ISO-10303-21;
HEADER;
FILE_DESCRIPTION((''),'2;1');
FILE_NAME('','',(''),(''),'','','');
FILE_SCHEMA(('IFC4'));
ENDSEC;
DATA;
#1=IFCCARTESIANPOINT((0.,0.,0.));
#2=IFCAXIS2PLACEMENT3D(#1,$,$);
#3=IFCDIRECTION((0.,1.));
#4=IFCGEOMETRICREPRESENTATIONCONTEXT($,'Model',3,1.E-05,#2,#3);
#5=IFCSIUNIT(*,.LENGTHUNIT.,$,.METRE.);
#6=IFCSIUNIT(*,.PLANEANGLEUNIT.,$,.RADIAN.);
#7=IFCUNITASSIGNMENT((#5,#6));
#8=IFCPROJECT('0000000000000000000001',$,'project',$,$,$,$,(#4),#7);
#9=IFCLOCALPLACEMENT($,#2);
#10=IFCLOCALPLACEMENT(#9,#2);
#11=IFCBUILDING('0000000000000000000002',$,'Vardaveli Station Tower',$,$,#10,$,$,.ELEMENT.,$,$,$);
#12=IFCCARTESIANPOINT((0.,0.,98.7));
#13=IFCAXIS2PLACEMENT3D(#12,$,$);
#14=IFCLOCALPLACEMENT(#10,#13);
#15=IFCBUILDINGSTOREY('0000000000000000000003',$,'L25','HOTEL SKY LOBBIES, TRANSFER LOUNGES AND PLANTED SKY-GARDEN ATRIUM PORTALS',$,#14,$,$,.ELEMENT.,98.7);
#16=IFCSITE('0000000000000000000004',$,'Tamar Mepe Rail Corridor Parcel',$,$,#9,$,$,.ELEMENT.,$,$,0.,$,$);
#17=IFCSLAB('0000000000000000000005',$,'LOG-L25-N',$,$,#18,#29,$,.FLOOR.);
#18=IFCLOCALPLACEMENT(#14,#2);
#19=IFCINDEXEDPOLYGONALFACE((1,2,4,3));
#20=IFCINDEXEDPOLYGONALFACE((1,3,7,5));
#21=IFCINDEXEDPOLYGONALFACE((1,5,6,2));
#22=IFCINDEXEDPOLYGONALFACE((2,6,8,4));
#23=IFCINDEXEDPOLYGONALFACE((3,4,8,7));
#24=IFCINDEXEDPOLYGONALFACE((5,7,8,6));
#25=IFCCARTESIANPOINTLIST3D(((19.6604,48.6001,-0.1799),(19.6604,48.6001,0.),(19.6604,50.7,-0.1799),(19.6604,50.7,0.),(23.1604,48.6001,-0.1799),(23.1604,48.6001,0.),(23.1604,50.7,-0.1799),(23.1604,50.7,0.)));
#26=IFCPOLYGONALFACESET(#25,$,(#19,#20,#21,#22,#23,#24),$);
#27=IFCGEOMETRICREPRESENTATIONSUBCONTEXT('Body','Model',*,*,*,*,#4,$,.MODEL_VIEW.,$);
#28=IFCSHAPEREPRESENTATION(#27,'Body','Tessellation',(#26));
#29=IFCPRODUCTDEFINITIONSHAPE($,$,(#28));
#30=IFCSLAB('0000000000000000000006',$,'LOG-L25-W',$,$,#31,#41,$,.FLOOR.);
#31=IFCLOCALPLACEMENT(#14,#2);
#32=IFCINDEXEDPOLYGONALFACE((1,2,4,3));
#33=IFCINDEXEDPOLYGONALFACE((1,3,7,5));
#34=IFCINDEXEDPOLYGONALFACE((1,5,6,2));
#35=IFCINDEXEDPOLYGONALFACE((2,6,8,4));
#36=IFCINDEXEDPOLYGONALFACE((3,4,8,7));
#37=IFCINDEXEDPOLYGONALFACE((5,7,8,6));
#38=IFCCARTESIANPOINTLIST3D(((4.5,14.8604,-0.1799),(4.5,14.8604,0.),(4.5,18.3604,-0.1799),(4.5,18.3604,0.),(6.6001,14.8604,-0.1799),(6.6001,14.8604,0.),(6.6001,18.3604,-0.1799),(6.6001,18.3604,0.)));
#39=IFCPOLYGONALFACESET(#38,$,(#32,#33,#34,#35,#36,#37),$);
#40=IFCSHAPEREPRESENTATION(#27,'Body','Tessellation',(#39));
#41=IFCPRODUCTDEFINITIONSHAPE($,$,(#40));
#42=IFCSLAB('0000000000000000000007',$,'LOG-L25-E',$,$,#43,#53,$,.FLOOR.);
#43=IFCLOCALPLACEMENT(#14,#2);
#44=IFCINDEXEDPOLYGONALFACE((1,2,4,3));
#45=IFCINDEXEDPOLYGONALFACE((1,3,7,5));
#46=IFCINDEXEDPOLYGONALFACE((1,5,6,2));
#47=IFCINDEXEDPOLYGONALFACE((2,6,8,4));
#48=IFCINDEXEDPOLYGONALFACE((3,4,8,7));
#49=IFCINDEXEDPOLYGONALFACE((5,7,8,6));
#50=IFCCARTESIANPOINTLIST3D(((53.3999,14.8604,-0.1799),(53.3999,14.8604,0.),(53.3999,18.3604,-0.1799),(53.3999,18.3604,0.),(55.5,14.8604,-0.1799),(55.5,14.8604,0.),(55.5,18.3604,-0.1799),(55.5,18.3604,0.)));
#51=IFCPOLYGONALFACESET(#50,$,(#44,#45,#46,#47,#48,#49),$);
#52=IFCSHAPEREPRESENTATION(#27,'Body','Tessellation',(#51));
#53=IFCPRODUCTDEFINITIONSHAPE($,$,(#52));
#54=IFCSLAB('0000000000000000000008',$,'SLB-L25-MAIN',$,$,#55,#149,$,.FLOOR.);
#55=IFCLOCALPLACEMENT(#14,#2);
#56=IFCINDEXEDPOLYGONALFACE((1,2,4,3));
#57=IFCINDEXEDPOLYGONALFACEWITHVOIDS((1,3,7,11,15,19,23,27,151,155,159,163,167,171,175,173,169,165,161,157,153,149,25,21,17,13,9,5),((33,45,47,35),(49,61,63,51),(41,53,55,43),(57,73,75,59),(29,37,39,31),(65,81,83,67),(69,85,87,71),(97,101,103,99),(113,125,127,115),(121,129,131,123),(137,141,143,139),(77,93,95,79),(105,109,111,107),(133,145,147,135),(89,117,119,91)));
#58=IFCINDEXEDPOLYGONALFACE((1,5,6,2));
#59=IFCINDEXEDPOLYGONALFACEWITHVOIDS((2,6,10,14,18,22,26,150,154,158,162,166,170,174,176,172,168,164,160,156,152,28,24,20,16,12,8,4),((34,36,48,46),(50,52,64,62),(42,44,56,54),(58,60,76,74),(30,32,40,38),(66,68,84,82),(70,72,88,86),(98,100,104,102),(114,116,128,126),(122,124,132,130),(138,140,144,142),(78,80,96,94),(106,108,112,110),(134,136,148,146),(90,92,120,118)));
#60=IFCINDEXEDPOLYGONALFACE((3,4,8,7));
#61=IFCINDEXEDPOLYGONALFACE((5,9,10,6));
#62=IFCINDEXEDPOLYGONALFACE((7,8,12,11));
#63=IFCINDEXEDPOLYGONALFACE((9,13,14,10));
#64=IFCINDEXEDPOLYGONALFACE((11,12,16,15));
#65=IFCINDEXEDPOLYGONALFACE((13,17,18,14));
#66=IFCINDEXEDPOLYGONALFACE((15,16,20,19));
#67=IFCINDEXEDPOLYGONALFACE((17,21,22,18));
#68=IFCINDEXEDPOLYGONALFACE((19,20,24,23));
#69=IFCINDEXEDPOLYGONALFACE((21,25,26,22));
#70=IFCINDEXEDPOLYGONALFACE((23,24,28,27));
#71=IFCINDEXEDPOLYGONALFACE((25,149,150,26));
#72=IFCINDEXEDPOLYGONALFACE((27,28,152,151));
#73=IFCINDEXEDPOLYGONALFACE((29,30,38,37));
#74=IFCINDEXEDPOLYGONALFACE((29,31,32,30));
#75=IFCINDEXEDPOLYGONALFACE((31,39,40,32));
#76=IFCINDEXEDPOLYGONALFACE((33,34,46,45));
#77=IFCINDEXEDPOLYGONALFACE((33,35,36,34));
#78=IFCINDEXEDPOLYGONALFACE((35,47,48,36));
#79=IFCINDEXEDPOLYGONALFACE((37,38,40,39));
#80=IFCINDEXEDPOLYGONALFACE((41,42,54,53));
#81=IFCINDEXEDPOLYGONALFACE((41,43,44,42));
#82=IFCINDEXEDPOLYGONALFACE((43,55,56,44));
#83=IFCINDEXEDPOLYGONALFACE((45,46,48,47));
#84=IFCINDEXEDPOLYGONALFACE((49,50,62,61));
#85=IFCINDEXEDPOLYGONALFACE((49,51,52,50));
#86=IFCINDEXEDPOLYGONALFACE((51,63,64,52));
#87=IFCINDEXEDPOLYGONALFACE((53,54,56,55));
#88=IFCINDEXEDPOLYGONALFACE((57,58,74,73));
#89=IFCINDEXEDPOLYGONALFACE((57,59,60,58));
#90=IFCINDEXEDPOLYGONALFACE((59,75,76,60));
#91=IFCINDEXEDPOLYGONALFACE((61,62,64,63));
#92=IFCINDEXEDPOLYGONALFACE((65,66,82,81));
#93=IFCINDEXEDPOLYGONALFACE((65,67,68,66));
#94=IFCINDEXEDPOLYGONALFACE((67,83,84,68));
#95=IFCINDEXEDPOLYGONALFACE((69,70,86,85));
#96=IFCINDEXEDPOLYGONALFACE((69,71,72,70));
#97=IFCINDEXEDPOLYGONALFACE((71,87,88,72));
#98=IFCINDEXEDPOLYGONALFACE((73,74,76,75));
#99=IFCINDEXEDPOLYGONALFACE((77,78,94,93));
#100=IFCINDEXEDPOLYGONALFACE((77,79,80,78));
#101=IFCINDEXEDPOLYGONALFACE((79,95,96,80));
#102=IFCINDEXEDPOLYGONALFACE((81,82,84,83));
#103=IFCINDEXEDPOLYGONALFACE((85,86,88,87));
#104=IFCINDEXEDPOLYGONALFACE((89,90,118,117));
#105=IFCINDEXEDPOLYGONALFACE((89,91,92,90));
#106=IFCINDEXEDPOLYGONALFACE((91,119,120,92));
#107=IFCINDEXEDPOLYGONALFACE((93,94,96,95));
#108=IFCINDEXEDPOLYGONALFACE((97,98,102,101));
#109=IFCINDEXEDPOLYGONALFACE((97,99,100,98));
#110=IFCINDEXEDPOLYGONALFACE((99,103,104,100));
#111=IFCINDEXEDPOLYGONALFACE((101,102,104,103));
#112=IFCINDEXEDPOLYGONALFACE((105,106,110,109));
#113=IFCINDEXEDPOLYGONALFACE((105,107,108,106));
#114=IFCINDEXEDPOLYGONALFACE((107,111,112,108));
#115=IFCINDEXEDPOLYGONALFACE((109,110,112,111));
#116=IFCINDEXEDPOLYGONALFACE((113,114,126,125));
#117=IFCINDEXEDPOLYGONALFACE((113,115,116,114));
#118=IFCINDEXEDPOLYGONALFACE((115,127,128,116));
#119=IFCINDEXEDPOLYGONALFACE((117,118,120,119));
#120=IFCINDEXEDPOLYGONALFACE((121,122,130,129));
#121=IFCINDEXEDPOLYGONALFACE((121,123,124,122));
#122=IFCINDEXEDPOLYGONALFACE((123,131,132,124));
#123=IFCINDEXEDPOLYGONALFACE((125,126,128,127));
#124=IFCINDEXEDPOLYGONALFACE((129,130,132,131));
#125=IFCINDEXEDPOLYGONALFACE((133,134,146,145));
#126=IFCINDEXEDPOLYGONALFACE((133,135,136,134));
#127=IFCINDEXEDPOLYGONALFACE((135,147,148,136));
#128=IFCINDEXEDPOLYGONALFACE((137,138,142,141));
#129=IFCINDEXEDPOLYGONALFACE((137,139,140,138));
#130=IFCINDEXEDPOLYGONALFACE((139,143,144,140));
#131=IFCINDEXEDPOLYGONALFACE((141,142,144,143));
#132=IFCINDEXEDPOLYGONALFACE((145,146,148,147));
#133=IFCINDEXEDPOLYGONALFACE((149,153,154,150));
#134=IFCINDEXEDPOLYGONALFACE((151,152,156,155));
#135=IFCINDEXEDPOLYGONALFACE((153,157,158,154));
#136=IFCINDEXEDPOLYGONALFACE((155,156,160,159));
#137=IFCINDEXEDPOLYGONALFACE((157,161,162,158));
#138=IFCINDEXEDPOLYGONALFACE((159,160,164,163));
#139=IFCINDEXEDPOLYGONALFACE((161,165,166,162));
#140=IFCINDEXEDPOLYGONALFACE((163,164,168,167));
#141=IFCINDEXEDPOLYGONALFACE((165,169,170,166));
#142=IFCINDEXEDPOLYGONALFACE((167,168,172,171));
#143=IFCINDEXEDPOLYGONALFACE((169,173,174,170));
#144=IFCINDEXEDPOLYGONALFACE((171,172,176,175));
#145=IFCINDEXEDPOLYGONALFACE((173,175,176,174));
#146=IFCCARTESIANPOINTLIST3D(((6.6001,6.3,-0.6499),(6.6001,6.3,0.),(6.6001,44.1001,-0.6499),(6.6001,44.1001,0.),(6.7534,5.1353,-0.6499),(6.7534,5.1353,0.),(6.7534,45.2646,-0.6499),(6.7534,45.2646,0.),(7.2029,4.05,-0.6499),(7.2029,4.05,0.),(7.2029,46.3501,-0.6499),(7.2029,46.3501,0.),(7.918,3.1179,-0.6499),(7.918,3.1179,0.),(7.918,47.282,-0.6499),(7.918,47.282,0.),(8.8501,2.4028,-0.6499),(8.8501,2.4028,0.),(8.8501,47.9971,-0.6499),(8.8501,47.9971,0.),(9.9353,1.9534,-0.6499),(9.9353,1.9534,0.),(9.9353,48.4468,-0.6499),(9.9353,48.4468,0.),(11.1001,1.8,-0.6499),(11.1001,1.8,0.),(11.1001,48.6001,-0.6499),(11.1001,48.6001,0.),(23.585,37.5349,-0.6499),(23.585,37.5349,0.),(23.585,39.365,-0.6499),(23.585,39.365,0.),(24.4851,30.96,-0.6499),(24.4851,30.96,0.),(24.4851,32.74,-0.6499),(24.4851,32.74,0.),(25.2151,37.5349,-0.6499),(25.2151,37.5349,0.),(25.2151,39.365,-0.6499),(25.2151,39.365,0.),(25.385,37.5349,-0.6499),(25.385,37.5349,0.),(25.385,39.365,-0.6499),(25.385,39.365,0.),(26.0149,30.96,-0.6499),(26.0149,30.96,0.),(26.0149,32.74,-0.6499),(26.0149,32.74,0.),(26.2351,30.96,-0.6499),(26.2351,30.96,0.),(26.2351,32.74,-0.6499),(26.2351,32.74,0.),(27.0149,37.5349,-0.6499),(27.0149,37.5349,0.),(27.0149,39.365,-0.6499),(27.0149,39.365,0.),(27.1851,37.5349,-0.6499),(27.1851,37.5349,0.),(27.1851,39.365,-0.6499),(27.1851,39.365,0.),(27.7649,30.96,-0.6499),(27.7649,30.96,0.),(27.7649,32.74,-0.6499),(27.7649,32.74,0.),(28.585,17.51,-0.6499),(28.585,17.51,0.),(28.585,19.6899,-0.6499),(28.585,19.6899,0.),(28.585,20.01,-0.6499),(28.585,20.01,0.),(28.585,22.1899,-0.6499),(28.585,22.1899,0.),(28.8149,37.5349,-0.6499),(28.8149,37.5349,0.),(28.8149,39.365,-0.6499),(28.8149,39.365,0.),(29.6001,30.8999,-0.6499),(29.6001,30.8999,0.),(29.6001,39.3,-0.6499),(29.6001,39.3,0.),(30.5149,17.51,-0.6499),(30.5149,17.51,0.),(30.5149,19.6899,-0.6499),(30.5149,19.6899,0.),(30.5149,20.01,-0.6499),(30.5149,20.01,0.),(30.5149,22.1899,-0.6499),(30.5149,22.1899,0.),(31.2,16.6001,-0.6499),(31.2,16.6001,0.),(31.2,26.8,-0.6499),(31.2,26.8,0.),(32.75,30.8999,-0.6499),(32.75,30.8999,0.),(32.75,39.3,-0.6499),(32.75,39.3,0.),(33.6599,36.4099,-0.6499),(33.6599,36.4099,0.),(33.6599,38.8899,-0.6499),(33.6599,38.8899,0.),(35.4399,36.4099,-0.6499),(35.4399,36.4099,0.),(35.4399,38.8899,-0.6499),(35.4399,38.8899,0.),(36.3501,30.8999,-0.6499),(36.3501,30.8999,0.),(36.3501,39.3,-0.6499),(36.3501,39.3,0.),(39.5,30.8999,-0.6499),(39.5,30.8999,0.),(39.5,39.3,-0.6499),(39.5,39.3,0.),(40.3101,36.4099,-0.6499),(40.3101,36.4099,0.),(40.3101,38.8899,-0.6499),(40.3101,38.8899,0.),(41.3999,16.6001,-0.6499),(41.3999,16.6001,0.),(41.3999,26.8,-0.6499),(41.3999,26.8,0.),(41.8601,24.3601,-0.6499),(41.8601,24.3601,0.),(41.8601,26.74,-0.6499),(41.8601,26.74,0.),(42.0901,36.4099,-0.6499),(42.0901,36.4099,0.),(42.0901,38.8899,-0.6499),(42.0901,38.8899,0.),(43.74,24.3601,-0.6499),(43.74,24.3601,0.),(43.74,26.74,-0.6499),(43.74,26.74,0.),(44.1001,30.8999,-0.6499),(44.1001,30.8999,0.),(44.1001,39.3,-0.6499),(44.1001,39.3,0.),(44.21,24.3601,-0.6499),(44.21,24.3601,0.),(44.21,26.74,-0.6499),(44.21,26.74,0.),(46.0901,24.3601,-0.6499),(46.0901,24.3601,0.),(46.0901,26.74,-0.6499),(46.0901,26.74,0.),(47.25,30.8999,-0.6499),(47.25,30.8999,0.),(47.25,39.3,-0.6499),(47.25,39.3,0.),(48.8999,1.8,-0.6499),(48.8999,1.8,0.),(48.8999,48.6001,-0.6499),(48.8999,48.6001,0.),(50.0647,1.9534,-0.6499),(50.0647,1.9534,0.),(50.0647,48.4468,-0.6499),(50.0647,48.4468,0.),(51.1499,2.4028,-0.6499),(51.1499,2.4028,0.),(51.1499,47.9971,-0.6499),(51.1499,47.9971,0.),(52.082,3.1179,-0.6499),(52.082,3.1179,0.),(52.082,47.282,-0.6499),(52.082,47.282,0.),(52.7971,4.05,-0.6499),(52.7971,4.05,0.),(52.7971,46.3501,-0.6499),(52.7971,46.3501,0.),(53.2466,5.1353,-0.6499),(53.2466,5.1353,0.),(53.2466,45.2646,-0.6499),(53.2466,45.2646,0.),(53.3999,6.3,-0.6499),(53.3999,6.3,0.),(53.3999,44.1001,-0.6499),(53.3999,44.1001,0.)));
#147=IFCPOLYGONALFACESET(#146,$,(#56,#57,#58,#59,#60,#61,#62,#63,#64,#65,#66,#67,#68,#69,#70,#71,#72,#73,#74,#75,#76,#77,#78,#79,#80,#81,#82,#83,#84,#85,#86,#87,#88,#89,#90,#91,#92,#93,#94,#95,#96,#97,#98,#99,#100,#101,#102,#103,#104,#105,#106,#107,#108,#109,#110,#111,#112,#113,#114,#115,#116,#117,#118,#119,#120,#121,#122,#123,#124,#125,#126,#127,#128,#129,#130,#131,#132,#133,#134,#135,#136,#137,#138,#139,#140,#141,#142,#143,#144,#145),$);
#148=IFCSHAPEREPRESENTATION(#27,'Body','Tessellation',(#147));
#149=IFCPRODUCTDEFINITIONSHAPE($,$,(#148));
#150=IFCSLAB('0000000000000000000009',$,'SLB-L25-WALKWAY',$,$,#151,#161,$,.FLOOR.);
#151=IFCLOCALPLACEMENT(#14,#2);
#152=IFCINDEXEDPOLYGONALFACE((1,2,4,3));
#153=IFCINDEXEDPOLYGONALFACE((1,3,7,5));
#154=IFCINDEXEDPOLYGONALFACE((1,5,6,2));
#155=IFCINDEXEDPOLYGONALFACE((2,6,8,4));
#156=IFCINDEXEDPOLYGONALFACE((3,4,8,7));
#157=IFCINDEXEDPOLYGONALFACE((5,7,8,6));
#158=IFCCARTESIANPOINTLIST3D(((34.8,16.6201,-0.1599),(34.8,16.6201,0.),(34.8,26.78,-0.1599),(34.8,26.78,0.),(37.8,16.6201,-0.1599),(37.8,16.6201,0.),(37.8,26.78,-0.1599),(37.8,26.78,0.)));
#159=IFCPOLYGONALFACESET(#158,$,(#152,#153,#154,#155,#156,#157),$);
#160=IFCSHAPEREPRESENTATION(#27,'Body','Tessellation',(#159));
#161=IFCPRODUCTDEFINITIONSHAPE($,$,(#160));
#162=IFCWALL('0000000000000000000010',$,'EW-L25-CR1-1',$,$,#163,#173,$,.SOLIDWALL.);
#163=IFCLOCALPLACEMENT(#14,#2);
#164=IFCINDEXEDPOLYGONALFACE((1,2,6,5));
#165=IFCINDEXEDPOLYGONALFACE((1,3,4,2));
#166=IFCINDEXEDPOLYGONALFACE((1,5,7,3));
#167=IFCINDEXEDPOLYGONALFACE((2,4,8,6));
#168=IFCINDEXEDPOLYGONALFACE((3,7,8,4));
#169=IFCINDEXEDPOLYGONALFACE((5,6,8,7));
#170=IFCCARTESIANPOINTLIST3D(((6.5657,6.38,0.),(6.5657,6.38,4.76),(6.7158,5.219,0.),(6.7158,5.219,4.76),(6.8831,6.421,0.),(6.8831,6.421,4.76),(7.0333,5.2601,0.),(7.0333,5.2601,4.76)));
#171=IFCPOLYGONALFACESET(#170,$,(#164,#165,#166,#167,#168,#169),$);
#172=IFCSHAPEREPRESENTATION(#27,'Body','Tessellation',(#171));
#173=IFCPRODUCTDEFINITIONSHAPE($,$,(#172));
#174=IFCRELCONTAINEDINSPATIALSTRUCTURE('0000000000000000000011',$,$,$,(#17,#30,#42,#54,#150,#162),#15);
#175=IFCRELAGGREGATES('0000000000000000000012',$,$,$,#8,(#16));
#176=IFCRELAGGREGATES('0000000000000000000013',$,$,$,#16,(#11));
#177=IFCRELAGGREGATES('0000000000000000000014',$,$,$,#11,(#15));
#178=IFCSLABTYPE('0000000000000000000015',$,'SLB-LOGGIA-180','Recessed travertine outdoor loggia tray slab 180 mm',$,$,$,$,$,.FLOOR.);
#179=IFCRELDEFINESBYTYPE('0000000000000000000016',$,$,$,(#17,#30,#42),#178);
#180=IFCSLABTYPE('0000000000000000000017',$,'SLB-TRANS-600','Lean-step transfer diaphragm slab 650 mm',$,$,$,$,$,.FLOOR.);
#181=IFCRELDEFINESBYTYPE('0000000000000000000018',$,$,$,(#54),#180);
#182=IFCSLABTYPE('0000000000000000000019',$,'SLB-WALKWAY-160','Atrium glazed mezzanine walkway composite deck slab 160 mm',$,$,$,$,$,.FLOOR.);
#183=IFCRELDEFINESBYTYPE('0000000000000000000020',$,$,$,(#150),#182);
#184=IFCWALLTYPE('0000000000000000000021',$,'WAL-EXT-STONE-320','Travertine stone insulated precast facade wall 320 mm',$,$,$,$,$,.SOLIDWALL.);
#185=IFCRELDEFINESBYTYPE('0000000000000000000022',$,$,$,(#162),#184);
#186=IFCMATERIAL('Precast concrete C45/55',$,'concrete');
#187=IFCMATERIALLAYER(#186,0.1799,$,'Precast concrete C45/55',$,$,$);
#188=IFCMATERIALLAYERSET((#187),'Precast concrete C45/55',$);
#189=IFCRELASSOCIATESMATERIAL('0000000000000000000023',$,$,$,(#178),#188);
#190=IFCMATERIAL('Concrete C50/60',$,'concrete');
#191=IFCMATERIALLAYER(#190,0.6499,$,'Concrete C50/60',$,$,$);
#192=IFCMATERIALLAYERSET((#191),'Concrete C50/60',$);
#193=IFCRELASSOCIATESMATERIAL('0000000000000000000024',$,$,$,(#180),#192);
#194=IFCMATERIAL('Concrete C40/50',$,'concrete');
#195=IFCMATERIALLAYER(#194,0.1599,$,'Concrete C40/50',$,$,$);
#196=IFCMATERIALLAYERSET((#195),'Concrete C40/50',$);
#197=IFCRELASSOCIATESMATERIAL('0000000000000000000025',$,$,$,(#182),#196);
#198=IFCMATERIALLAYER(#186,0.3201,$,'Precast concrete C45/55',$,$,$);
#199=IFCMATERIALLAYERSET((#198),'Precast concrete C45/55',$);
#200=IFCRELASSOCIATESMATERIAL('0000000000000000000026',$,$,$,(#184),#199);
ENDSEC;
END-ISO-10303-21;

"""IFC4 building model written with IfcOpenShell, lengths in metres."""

from ifc_helpers import new_model, si_unit, direction, frame, frame_2d, origin, place, context, subcontext, project, spatial, polyline, rectangle, outline, extrude, source, transform, mapped, material, layer, layer_set, type_object, element, save


model = new_model("IFC4")

# Units and contexts
model_context = context("Model", 3, precision=1e-05, world=origin(), true_north=direction((0.0, 1.0)))
body_context = subcontext(model_context, "Body", "Model", "MODEL_VIEW")
ifc_project = project(units=[si_unit("LENGTHUNIT", "METRE"), si_unit("PLANEANGLEUNIT", "RADIAN")], contexts=[model_context])

# Site, building, storey
site_placement = place(None, origin())
site = spatial("IfcSite", under=ifc_project, at=site_placement, Name="Tamar Mepe Rail Corridor Parcel", CompositionType="ELEMENT", RefElevation=0.0)
building_placement = place(site_placement, origin())
building = spatial("IfcBuilding", under=site, at=building_placement, Name="Vardaveli Station Tower", CompositionType="ELEMENT")
storey_placement = place(building_placement, frame((0.0, 0.0, 98.7)))
storey = spatial("IfcBuildingStorey", under=building, at=storey_placement, Name="L25", Description="HOTEL SKY LOBBIES, TRANSFER LOUNGES AND PLANTED SKY-GARDEN ATRIUM PORTALS", CompositionType="ELEMENT", Elevation=98.7)

# Shared definitions
ifc_material_1 = material(Name="Concrete C40/50", Category="concrete")

# Slabs
ifc_material_2 = material(Name="Precast concrete C45/55", Category="concrete")
ifc_layer_1 = layer(ifc_material_2, 0.1799, Name="Precast concrete C45/55")
ifc_layer_set_1 = layer_set([ifc_layer_1], Name="Precast concrete C45/55")
slab_type_1 = type_object("IfcSlabType", Name="SLB-LOGGIA-180", Description="Recessed travertine outdoor loggia tray slab 180 mm", PredefinedType="FLOOR", material=ifc_layer_set_1)
slab_1_placement = place(storey_placement, frame((0.0, 0.0, -0.1799)))
element("IfcSlab", 1, at=slab_1_placement, inside=storey, type_object=slab_type_1, Name="LOG-L25-N", PredefinedType="FLOOR", context=body_context, shape_type="SweptSolid", body=[
    extrude(outline(polyline([(19.6604, 48.6001), (23.1604, 48.6001), (23.1604, 50.7), (19.6604, 50.7), (19.6604, 48.6001)])), origin(), (0.0, 0.0, 1.0), 0.1799),
])
slab_2_placement = place(storey_placement, frame((0.0, 0.0, -0.1799)))
element("IfcSlab", 2, at=slab_2_placement, inside=storey, type_object=slab_type_1, Name="LOG-L25-W", PredefinedType="FLOOR", context=body_context, shape_type="SweptSolid", body=[
    extrude(outline(polyline([(4.5, 14.8604), (6.6001, 14.8604), (6.6001, 18.3604), (4.5, 18.3604), (4.5, 14.8604)])), origin(), (0.0, 0.0, 1.0), 0.1799),
])
slab_3_placement = place(storey_placement, frame((0.0, 0.0, -0.1799)))
element("IfcSlab", 3, at=slab_3_placement, inside=storey, type_object=slab_type_1, Name="LOG-L25-E", PredefinedType="FLOOR", context=body_context, shape_type="SweptSolid", body=[
    extrude(outline(polyline([(53.3999, 14.8604), (55.5, 14.8604), (55.5, 18.3604), (53.3999, 18.3604), (53.3999, 14.8604)])), origin(), (0.0, 0.0, 1.0), 0.1799),
])
ifc_material_3 = material(Name="Concrete C50/60", Category="concrete")
ifc_layer_2 = layer(ifc_material_3, 0.6499, Name="Concrete C50/60")
ifc_layer_set_2 = layer_set([ifc_layer_2], Name="Concrete C50/60")
slab_type_2 = type_object("IfcSlabType", Name="SLB-TRANS-600", Description="Lean-step transfer diaphragm slab 650 mm", PredefinedType="FLOOR", material=ifc_layer_set_2)
slab_4_placement = place(storey_placement, frame((0.0, 0.0, -0.6499)))
element("IfcSlab", 4, at=slab_4_placement, inside=storey, type_object=slab_type_2, Name="SLB-L25-MAIN", PredefinedType="FLOOR", context=body_context, shape_type="SweptSolid", body=[
    extrude(outline(polyline([(6.6001, 6.3), (6.7534, 5.1353), (7.2029, 4.05), (7.918, 3.1179), (8.8501, 2.4028), (9.9353, 1.9534), (11.1001, 1.8), (48.8999, 1.8), (50.0647, 1.9534), (51.1499, 2.4028), (52.082, 3.1179), (52.7971, 4.05), (53.2466, 5.1353), (53.3999, 6.3), (53.3999, 44.1001), (53.2466, 45.2646), (52.7971, 46.3501), (52.082, 47.282), (51.1499, 47.9971), (50.0647, 48.4468), (48.8999, 48.6001), (11.1001, 48.6001), (9.9353, 48.4468), (8.8501, 47.9971), (7.918, 47.282), (7.2029, 46.3501), (6.7534, 45.2646), (6.6001, 44.1001), (6.6001, 6.3)]), holes=[polyline([(31.2, 16.6001), (41.3999, 16.6001), (41.3999, 26.8), (31.2, 26.8), (31.2, 16.6001)]), polyline([(32.75, 30.8999), (32.75, 39.3), (29.6001, 39.3), (29.6001, 30.8999), (32.75, 30.8999)]), polyline([(39.5, 30.8999), (39.5, 39.3), (36.3501, 39.3), (36.3501, 30.8999), (39.5, 30.8999)]), polyline([(47.25, 30.8999), (47.25, 39.3), (44.1001, 39.3), (44.1001, 30.8999), (47.25, 30.8999)]), polyline([(23.585, 37.5349), (25.2151, 37.5349), (25.2151, 39.365), (23.585, 39.365), (23.585, 37.5349)]), polyline([(25.385, 37.5349), (27.0149, 37.5349), (27.0149, 39.365), (25.385, 39.365), (25.385, 37.5349)]), polyline([(27.1851, 37.5349), (28.8149, 37.5349), (28.8149, 39.365), (27.1851, 39.365), (27.1851, 37.5349)]), polyline([(33.6599, 36.4099), (35.4399, 36.4099), (35.4399, 38.8899), (33.6599, 38.8899), (33.6599, 36.4099)]), polyline([(40.3101, 36.4099), (42.0901, 36.4099), (42.0901, 38.8899), (40.3101, 38.8899), (40.3101, 36.4099)]), polyline([(24.4851, 30.96), (26.0149, 30.96), (26.0149, 32.74), (24.4851, 32.74), (24.4851, 30.96)]), polyline([(26.2351, 30.96), (27.7649, 30.96), (27.7649, 32.74), (26.2351, 32.74), (26.2351, 30.96)]), polyline([(28.585, 17.51), (30.5149, 17.51), (30.5149, 19.6899), (28.585, 19.6899), (28.585, 17.51)]), polyline([(28.585, 20.01), (30.5149, 20.01), (30.5149, 22.1899), (28.585, 22.1899), (28.585, 20.01)]), polyline([(41.8601, 24.3601), (43.74, 24.3601), (43.74, 26.74), (41.8601, 26.74), (41.8601, 24.3601)]), polyline([(44.21, 24.3601), (46.0901, 24.3601), (46.0901, 26.74), (44.21, 26.74), (44.21, 24.3601)])]), origin(), (0.0, 0.0, 1.0), 0.6499),
])
ifc_layer_3 = layer(ifc_material_1, 0.1599, Name="Concrete C40/50")
ifc_layer_set_3 = layer_set([ifc_layer_3], Name="Concrete C40/50")
slab_type_3 = type_object("IfcSlabType", Name="SLB-WALKWAY-160", Description="Atrium glazed mezzanine walkway composite deck slab 160 mm", PredefinedType="FLOOR", material=ifc_layer_set_3)
slab_5_placement = place(storey_placement, frame((0.0, 0.0, -0.1599)))
element("IfcSlab", 5, at=slab_5_placement, inside=storey, type_object=slab_type_3, Name="SLB-L25-WALKWAY", PredefinedType="FLOOR", context=body_context, shape_type="SweptSolid", body=[
    extrude(outline(polyline([(34.8, 16.6201), (37.8, 16.6201), (37.8, 26.78), (34.8, 26.78), (34.8, 16.6201)])), origin(), (0.0, 0.0, 1.0), 0.1599),
])

# Wall
ifc_layer_4 = layer(ifc_material_2, 0.3201, Name="Precast concrete C45/55")
ifc_layer_set_4 = layer_set([ifc_layer_4], Name="Precast concrete C45/55")
wall_type = type_object("IfcWallType", Name="WAL-EXT-STONE-320", Description="Travertine stone insulated precast facade wall 320 mm", PredefinedType="SOLIDWALL", material=ifc_layer_set_4)
shared_shape_1 = source(origin(), body_context, "Body", "SweptSolid", [
    extrude(rectangle(XDim=1.1707, YDim=0.3201, at=frame_2d((0.5854, 0.0))), origin(), (0.0, 0.0, 1.0), 4.76),
])
wall_1_placement = place(storey_placement, frame((6.7244, 6.4006, 0.0), z_axis=(0.0, 0.0, 1.0), x_axis=(0.128269, -0.991739, 0.0)))
element("IfcWall", 6, at=wall_1_placement, inside=storey, type_object=wall_type, Name="EW-L25-CR1-1", PredefinedType="SOLIDWALL", context=body_context, shape_type="MappedRepresentation", body=[
    mapped(shared_shape_1, transform((0.0, 0.0, 0.0), scale=1.0)),
])

save(model, "model.ifc")
